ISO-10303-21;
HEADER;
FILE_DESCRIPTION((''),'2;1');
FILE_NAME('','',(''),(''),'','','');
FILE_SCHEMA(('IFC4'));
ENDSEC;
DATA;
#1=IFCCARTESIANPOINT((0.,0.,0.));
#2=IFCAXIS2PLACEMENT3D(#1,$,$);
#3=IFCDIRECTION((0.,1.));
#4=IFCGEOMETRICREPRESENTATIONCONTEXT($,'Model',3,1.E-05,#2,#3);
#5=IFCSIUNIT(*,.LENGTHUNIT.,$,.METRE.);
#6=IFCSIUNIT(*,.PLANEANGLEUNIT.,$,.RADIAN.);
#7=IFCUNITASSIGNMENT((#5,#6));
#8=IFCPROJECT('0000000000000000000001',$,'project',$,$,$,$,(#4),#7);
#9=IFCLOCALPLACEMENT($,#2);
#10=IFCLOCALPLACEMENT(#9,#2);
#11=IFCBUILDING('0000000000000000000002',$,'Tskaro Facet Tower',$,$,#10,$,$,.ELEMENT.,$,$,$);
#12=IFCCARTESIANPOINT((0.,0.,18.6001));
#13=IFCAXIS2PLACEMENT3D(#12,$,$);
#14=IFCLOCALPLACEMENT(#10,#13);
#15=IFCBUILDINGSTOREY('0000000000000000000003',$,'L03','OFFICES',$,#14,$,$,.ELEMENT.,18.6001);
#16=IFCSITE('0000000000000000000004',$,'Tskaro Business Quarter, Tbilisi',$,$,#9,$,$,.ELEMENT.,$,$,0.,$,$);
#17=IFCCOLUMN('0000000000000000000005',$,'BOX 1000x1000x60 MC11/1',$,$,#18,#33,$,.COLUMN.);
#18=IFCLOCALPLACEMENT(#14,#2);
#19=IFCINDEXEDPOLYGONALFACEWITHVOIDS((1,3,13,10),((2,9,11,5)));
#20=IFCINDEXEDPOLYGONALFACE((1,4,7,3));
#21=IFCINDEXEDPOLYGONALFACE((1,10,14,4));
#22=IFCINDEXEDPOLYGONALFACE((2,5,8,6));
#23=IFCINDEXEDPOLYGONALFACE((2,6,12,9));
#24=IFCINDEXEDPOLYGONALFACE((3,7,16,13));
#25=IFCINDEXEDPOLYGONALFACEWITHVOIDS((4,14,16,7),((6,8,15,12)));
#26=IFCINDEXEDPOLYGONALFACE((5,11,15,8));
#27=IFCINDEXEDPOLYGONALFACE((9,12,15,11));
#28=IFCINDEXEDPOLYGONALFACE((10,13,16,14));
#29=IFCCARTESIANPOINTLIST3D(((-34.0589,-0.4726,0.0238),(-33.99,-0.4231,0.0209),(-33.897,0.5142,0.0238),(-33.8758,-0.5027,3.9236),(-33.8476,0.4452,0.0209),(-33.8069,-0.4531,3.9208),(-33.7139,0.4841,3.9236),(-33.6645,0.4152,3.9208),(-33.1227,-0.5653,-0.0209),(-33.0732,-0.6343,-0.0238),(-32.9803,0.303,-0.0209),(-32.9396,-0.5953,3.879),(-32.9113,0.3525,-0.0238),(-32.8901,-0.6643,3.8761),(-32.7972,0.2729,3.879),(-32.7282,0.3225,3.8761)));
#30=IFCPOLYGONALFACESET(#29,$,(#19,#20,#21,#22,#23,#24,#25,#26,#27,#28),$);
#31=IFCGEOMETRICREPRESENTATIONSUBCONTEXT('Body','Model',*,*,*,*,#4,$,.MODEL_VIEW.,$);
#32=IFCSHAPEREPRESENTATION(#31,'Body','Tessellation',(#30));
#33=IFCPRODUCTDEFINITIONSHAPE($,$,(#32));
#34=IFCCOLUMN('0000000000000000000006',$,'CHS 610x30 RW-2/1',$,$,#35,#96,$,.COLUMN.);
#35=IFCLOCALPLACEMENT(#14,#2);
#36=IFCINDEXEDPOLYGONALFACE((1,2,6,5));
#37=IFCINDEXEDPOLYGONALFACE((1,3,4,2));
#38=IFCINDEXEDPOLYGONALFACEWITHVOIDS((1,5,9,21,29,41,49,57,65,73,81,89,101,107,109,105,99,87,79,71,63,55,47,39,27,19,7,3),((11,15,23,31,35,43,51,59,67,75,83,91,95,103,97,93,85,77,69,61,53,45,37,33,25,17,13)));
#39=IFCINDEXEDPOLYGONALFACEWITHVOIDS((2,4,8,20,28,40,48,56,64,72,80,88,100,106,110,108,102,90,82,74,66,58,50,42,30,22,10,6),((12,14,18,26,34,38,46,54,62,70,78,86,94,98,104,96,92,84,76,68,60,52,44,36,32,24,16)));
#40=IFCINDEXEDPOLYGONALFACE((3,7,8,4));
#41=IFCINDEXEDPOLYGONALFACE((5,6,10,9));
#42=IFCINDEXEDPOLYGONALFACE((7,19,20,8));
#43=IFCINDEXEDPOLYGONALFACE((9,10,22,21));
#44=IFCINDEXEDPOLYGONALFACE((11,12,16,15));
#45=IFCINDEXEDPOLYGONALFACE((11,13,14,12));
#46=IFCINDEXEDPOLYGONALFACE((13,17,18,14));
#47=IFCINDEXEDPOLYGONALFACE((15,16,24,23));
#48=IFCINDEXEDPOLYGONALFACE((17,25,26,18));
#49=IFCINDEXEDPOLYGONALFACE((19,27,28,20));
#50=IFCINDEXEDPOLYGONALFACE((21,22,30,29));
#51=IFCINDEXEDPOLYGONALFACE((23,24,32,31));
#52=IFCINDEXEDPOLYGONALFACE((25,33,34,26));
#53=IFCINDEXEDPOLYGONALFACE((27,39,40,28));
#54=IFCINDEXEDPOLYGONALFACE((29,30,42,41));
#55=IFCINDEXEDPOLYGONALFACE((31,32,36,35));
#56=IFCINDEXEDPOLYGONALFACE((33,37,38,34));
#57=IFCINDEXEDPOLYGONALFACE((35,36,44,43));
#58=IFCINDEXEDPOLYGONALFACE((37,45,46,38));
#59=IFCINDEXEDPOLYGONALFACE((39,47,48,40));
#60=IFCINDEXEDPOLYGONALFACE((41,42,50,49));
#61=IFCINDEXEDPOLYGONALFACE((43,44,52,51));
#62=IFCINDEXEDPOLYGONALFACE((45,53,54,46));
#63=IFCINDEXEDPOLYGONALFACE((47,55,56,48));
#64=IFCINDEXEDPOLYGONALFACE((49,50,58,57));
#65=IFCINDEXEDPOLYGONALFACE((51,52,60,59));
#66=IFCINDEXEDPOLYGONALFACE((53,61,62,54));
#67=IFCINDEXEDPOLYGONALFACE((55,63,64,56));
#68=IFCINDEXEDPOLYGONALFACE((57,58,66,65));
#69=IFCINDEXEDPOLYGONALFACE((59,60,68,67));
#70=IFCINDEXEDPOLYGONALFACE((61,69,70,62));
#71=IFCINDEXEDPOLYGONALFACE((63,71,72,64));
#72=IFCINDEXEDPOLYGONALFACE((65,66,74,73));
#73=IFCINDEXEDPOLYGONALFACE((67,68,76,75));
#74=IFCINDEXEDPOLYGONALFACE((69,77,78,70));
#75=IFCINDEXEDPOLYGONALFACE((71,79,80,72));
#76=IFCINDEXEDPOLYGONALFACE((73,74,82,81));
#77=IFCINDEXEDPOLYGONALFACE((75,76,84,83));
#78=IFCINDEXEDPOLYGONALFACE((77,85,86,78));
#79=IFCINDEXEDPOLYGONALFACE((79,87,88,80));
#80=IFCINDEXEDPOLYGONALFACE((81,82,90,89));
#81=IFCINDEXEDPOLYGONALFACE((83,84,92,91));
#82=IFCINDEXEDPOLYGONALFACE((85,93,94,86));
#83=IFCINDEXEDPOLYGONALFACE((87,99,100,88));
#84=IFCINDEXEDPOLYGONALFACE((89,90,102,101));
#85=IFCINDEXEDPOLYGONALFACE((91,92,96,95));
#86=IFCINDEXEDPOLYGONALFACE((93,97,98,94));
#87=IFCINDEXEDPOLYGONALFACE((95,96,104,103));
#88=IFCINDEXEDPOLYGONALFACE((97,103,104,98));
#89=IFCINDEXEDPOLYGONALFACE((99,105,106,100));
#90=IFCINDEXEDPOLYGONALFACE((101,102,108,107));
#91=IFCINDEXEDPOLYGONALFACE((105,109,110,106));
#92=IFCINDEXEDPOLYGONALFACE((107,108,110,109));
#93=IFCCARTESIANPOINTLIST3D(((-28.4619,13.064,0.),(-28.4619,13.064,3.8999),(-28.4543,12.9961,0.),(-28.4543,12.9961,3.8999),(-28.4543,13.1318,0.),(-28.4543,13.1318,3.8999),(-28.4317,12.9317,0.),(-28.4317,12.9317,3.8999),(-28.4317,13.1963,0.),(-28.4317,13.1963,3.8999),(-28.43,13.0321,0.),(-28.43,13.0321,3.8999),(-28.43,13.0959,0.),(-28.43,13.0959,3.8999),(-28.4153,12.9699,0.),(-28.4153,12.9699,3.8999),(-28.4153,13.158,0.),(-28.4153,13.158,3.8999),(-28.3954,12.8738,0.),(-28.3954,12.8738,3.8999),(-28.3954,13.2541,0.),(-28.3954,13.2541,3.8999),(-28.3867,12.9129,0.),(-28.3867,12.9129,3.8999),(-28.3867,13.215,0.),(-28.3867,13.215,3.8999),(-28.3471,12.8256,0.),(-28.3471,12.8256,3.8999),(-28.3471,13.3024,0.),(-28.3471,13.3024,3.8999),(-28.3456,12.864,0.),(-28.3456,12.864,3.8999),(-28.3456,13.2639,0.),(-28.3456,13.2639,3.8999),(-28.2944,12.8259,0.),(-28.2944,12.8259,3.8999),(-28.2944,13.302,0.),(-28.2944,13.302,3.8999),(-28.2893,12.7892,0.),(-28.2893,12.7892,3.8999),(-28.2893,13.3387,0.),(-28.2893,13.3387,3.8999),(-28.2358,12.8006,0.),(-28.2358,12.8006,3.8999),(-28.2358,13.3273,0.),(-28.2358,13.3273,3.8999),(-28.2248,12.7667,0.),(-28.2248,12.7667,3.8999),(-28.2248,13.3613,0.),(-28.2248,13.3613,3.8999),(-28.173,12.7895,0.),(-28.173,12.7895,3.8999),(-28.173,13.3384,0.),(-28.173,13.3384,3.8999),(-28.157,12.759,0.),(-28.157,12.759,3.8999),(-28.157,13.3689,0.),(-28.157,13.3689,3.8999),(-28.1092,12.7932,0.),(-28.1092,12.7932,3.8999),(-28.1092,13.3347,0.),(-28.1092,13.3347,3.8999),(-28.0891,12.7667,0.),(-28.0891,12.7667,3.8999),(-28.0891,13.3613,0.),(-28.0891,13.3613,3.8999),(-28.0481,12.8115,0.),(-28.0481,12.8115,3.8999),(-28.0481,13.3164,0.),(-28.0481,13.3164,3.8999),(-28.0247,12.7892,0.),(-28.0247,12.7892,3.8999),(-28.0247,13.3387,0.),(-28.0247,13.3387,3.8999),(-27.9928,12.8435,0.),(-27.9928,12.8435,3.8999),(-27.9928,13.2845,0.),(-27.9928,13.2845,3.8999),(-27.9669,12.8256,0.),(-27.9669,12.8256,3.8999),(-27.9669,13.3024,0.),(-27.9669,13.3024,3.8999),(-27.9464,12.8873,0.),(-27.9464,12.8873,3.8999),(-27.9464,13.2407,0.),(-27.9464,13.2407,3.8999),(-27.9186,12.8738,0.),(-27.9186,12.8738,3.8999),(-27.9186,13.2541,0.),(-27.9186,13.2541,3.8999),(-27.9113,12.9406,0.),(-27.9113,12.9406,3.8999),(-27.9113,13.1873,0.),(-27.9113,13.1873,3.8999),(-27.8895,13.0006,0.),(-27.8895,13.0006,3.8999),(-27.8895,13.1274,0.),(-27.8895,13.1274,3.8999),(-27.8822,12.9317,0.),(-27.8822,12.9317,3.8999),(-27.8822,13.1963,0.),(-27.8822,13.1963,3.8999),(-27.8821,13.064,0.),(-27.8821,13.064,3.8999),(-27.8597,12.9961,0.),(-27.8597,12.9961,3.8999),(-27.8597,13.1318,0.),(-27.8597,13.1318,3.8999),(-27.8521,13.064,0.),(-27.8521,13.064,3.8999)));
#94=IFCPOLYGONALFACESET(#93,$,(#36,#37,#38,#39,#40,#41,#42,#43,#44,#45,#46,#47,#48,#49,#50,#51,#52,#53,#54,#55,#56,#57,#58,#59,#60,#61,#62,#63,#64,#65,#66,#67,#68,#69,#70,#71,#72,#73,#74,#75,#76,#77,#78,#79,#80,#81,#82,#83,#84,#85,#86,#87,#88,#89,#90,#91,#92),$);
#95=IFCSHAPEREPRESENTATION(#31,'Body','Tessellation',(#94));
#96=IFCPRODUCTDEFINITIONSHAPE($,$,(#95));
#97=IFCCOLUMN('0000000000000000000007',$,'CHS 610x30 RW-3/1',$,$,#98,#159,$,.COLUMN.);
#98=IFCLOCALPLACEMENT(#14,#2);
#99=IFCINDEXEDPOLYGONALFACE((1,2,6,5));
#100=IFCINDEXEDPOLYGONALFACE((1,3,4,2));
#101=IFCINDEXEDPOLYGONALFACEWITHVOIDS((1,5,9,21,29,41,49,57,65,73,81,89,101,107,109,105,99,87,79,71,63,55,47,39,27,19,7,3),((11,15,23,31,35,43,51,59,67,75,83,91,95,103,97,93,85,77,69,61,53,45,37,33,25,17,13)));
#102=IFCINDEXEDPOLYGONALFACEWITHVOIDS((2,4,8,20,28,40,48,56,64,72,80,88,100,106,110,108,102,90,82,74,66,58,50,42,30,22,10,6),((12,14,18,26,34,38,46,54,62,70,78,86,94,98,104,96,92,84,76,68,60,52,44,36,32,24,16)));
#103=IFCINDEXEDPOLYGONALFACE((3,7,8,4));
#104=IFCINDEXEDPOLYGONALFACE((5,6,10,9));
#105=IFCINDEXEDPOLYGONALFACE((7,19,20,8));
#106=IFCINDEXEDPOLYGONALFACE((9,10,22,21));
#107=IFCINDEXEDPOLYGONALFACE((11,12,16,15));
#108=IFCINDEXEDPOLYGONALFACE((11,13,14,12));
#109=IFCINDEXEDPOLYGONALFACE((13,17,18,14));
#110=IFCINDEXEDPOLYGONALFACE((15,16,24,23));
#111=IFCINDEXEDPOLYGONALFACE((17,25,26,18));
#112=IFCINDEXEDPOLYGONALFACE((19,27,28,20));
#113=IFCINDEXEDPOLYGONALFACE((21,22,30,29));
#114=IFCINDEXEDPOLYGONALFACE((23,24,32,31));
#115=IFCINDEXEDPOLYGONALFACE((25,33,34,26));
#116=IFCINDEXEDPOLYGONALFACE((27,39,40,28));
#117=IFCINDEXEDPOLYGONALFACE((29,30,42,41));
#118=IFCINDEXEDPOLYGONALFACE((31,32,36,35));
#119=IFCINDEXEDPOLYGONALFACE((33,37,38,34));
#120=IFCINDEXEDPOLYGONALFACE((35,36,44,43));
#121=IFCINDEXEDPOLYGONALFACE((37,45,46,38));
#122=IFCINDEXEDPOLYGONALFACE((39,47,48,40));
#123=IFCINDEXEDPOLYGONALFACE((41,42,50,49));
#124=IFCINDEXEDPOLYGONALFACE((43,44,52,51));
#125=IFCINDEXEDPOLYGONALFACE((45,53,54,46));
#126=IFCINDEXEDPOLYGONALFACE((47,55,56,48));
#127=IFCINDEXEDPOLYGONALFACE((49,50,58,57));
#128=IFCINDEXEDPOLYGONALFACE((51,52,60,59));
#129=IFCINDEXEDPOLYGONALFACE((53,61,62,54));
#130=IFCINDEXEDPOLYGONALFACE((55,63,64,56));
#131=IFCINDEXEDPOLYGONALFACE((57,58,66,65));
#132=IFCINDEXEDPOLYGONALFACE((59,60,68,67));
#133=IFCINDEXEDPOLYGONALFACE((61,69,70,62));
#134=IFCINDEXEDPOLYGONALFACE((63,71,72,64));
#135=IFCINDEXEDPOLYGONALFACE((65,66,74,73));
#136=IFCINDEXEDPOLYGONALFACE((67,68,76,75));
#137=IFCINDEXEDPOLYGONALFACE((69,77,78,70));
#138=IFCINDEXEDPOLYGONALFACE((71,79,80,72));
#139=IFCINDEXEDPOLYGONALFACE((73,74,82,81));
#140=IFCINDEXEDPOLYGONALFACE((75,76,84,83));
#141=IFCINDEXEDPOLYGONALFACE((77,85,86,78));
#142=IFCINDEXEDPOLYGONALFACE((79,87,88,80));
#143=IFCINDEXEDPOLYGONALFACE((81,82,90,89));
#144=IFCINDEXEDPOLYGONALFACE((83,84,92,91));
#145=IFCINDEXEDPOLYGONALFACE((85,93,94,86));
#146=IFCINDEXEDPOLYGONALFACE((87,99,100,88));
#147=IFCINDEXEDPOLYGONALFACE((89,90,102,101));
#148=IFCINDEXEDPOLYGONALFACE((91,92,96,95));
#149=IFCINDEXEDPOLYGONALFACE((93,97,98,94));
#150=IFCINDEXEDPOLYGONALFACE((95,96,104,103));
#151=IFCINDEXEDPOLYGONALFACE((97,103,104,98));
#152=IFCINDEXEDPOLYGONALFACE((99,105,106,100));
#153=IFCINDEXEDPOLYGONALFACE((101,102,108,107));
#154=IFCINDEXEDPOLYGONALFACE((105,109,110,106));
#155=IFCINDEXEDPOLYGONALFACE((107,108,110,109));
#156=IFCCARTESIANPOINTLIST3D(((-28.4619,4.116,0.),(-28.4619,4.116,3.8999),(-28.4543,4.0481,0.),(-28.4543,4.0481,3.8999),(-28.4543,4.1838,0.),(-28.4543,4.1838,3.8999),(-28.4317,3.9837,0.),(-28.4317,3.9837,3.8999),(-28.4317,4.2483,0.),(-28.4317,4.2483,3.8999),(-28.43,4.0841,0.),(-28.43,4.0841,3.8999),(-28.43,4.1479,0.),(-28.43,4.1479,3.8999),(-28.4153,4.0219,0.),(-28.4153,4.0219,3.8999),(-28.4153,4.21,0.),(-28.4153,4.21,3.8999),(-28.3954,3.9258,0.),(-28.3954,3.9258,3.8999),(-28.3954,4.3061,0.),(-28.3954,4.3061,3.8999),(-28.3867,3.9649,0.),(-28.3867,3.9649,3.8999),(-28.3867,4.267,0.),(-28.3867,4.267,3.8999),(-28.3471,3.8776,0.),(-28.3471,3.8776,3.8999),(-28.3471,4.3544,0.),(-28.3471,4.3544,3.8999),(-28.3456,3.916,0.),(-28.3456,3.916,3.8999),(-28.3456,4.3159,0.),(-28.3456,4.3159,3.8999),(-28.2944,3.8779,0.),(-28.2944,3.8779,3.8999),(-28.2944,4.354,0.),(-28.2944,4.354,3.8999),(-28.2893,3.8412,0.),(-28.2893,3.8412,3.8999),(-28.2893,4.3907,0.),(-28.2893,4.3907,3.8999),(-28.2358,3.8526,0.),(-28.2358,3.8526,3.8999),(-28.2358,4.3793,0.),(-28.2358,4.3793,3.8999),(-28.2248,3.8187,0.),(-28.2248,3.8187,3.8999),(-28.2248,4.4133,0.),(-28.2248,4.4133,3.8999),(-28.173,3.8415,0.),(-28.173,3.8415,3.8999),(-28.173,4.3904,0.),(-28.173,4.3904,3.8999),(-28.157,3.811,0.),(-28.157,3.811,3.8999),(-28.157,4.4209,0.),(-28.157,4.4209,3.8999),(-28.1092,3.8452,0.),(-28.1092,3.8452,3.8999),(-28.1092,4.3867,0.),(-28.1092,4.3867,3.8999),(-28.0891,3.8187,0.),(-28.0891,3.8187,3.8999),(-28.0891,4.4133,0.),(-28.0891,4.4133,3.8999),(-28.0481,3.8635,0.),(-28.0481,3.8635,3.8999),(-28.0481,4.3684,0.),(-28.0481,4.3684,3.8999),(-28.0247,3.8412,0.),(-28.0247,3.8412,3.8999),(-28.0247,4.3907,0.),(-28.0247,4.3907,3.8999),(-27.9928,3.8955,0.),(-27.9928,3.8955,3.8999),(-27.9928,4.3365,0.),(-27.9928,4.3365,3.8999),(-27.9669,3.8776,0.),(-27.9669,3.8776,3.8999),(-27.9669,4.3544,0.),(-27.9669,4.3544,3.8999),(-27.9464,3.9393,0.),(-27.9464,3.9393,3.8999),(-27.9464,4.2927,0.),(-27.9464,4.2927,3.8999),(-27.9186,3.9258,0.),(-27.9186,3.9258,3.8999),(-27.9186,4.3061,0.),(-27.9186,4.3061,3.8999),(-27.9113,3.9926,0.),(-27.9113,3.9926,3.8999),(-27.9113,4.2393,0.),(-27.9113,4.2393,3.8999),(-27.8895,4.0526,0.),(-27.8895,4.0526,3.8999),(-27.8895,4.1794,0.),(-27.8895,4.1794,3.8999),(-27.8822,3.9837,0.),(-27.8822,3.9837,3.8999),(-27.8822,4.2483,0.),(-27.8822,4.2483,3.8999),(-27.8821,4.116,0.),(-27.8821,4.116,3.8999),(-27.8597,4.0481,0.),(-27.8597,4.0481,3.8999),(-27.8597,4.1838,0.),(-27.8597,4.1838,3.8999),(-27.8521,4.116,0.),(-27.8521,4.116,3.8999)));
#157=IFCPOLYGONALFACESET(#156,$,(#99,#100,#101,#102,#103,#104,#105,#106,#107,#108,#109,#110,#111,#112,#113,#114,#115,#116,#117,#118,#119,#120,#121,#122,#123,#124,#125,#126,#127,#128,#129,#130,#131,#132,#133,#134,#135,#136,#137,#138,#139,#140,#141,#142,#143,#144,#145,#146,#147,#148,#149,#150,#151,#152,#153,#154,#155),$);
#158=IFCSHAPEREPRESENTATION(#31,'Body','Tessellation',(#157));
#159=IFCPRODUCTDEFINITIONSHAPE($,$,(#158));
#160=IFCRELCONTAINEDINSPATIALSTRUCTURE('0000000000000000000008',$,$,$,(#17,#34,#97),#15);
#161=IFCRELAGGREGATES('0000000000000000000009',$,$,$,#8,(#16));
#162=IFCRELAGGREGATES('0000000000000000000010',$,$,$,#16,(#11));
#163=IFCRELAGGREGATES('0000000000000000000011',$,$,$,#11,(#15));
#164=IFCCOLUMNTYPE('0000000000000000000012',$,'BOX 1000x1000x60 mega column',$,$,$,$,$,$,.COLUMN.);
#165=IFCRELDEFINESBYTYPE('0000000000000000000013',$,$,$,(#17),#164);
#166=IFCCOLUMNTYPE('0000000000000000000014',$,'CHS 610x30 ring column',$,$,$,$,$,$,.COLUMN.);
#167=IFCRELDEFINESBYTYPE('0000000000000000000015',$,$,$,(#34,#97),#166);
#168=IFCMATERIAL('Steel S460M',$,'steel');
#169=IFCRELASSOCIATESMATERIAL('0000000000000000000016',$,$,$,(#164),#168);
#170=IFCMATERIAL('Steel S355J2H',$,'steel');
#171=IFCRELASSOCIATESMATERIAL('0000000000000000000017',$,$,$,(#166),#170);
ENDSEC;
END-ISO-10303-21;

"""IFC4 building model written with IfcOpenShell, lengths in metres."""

from ifc_helpers import new_model, si_unit, direction, frame, origin, origin_2d, place, context, subcontext, project, spatial, hollow_rectangle, hollow_circle, extrude, material, material_profile, profile_set, type_object, element, save


model = new_model("IFC4")

# Units and contexts
model_context = context("Model", 3, precision=1e-05, world=origin(), true_north=direction((0.0, 1.0)))
body_context = subcontext(model_context, "Body", "Model", "MODEL_VIEW")
ifc_project = project(units=[si_unit("LENGTHUNIT", "METRE"), si_unit("PLANEANGLEUNIT", "RADIAN")], contexts=[model_context])

# Site, building, storey
site_placement = place(None, origin())
site = spatial("IfcSite", under=ifc_project, at=site_placement, Name="Tskaro Business Quarter, Tbilisi", CompositionType="ELEMENT", RefElevation=0.0)
building_placement = place(site_placement, origin())
building = spatial("IfcBuilding", under=site, at=building_placement, Name="Tskaro Facet Tower", CompositionType="ELEMENT")
storey_placement = place(building_placement, frame((0.0, 0.0, 18.6001)))
storey = spatial("IfcBuildingStorey", under=building, at=storey_placement, Name="L03", Description="OFFICES", CompositionType="ELEMENT", Elevation=18.6001)

# Columns
ifc_material_1 = material(Name="Steel S460M", Category="steel")
ifc_material_profile_1 = material_profile(ifc_material_1, hollow_rectangle(XDim=1.0, YDim=1.0, WallThickness=0.0601, at=origin_2d()), Name="BOX 1000x1000x60")
ifc_profile_set_1 = profile_set([ifc_material_profile_1], Name="Steel S460M")
column_type_1 = type_object("IfcColumnType", Name="BOX 1000x1000x60 mega column", PredefinedType="COLUMN", material=ifc_profile_set_1)
column_placement = place(storey_placement, frame((-33.4851, -0.0601, 0.0), z_axis=(0.046898, -0.007691, 0.99887), x_axis=(0.161838, 0.986817, 0.0)))
element("IfcColumn", 1, at=column_placement, inside=storey, type_object=column_type_1, Name="BOX 1000x1000x60 MC11/1", PredefinedType="COLUMN", context=body_context, shape_type="SweptSolid", body=[
    extrude(hollow_rectangle(XDim=1.0, YDim=1.0, WallThickness=0.0601, at=origin_2d()), origin(), (0.0, 0.0, 1.0), 3.9043),
])
ifc_material_2 = material(Name="Steel S355J2H", Category="steel")
ifc_material_profile_2 = material_profile(ifc_material_2, hollow_circle(Radius=0.3049, WallThickness=0.03, at=origin_2d()), Name="CHS 610x30")
ifc_profile_set_2 = profile_set([ifc_material_profile_2], Name="Steel S355J2H")
column_type_2 = type_object("IfcColumnType", Name="CHS 610x30 ring column", PredefinedType="COLUMN", material=ifc_profile_set_2)
for number, where, z_axis, x_axis, name in (
    (2, (-28.157, 13.064, 0.0), (0.0, 0.0, 1.0), (1.0, 0.0, 0.0), "CHS 610x30 RW-2/1"),
    (3, (-28.157, 4.116, 0.0), (0.0, 0.0, 1.0), (1.0, 0.0, 0.0), "CHS 610x30 RW-3/1"),
):
    element("IfcColumn", number, at=place(storey_placement, frame(where, z_axis=z_axis, x_axis=x_axis)), inside=storey, type_object=column_type_2, Name=name, PredefinedType="COLUMN", context=body_context, shape_type="SweptSolid", body=[
        extrude(hollow_circle(Radius=0.3049, WallThickness=0.03, at=origin_2d()), origin(), (0.0, 0.0, 1.0), 3.8999),
    ])

save(model, "model.ifc")
